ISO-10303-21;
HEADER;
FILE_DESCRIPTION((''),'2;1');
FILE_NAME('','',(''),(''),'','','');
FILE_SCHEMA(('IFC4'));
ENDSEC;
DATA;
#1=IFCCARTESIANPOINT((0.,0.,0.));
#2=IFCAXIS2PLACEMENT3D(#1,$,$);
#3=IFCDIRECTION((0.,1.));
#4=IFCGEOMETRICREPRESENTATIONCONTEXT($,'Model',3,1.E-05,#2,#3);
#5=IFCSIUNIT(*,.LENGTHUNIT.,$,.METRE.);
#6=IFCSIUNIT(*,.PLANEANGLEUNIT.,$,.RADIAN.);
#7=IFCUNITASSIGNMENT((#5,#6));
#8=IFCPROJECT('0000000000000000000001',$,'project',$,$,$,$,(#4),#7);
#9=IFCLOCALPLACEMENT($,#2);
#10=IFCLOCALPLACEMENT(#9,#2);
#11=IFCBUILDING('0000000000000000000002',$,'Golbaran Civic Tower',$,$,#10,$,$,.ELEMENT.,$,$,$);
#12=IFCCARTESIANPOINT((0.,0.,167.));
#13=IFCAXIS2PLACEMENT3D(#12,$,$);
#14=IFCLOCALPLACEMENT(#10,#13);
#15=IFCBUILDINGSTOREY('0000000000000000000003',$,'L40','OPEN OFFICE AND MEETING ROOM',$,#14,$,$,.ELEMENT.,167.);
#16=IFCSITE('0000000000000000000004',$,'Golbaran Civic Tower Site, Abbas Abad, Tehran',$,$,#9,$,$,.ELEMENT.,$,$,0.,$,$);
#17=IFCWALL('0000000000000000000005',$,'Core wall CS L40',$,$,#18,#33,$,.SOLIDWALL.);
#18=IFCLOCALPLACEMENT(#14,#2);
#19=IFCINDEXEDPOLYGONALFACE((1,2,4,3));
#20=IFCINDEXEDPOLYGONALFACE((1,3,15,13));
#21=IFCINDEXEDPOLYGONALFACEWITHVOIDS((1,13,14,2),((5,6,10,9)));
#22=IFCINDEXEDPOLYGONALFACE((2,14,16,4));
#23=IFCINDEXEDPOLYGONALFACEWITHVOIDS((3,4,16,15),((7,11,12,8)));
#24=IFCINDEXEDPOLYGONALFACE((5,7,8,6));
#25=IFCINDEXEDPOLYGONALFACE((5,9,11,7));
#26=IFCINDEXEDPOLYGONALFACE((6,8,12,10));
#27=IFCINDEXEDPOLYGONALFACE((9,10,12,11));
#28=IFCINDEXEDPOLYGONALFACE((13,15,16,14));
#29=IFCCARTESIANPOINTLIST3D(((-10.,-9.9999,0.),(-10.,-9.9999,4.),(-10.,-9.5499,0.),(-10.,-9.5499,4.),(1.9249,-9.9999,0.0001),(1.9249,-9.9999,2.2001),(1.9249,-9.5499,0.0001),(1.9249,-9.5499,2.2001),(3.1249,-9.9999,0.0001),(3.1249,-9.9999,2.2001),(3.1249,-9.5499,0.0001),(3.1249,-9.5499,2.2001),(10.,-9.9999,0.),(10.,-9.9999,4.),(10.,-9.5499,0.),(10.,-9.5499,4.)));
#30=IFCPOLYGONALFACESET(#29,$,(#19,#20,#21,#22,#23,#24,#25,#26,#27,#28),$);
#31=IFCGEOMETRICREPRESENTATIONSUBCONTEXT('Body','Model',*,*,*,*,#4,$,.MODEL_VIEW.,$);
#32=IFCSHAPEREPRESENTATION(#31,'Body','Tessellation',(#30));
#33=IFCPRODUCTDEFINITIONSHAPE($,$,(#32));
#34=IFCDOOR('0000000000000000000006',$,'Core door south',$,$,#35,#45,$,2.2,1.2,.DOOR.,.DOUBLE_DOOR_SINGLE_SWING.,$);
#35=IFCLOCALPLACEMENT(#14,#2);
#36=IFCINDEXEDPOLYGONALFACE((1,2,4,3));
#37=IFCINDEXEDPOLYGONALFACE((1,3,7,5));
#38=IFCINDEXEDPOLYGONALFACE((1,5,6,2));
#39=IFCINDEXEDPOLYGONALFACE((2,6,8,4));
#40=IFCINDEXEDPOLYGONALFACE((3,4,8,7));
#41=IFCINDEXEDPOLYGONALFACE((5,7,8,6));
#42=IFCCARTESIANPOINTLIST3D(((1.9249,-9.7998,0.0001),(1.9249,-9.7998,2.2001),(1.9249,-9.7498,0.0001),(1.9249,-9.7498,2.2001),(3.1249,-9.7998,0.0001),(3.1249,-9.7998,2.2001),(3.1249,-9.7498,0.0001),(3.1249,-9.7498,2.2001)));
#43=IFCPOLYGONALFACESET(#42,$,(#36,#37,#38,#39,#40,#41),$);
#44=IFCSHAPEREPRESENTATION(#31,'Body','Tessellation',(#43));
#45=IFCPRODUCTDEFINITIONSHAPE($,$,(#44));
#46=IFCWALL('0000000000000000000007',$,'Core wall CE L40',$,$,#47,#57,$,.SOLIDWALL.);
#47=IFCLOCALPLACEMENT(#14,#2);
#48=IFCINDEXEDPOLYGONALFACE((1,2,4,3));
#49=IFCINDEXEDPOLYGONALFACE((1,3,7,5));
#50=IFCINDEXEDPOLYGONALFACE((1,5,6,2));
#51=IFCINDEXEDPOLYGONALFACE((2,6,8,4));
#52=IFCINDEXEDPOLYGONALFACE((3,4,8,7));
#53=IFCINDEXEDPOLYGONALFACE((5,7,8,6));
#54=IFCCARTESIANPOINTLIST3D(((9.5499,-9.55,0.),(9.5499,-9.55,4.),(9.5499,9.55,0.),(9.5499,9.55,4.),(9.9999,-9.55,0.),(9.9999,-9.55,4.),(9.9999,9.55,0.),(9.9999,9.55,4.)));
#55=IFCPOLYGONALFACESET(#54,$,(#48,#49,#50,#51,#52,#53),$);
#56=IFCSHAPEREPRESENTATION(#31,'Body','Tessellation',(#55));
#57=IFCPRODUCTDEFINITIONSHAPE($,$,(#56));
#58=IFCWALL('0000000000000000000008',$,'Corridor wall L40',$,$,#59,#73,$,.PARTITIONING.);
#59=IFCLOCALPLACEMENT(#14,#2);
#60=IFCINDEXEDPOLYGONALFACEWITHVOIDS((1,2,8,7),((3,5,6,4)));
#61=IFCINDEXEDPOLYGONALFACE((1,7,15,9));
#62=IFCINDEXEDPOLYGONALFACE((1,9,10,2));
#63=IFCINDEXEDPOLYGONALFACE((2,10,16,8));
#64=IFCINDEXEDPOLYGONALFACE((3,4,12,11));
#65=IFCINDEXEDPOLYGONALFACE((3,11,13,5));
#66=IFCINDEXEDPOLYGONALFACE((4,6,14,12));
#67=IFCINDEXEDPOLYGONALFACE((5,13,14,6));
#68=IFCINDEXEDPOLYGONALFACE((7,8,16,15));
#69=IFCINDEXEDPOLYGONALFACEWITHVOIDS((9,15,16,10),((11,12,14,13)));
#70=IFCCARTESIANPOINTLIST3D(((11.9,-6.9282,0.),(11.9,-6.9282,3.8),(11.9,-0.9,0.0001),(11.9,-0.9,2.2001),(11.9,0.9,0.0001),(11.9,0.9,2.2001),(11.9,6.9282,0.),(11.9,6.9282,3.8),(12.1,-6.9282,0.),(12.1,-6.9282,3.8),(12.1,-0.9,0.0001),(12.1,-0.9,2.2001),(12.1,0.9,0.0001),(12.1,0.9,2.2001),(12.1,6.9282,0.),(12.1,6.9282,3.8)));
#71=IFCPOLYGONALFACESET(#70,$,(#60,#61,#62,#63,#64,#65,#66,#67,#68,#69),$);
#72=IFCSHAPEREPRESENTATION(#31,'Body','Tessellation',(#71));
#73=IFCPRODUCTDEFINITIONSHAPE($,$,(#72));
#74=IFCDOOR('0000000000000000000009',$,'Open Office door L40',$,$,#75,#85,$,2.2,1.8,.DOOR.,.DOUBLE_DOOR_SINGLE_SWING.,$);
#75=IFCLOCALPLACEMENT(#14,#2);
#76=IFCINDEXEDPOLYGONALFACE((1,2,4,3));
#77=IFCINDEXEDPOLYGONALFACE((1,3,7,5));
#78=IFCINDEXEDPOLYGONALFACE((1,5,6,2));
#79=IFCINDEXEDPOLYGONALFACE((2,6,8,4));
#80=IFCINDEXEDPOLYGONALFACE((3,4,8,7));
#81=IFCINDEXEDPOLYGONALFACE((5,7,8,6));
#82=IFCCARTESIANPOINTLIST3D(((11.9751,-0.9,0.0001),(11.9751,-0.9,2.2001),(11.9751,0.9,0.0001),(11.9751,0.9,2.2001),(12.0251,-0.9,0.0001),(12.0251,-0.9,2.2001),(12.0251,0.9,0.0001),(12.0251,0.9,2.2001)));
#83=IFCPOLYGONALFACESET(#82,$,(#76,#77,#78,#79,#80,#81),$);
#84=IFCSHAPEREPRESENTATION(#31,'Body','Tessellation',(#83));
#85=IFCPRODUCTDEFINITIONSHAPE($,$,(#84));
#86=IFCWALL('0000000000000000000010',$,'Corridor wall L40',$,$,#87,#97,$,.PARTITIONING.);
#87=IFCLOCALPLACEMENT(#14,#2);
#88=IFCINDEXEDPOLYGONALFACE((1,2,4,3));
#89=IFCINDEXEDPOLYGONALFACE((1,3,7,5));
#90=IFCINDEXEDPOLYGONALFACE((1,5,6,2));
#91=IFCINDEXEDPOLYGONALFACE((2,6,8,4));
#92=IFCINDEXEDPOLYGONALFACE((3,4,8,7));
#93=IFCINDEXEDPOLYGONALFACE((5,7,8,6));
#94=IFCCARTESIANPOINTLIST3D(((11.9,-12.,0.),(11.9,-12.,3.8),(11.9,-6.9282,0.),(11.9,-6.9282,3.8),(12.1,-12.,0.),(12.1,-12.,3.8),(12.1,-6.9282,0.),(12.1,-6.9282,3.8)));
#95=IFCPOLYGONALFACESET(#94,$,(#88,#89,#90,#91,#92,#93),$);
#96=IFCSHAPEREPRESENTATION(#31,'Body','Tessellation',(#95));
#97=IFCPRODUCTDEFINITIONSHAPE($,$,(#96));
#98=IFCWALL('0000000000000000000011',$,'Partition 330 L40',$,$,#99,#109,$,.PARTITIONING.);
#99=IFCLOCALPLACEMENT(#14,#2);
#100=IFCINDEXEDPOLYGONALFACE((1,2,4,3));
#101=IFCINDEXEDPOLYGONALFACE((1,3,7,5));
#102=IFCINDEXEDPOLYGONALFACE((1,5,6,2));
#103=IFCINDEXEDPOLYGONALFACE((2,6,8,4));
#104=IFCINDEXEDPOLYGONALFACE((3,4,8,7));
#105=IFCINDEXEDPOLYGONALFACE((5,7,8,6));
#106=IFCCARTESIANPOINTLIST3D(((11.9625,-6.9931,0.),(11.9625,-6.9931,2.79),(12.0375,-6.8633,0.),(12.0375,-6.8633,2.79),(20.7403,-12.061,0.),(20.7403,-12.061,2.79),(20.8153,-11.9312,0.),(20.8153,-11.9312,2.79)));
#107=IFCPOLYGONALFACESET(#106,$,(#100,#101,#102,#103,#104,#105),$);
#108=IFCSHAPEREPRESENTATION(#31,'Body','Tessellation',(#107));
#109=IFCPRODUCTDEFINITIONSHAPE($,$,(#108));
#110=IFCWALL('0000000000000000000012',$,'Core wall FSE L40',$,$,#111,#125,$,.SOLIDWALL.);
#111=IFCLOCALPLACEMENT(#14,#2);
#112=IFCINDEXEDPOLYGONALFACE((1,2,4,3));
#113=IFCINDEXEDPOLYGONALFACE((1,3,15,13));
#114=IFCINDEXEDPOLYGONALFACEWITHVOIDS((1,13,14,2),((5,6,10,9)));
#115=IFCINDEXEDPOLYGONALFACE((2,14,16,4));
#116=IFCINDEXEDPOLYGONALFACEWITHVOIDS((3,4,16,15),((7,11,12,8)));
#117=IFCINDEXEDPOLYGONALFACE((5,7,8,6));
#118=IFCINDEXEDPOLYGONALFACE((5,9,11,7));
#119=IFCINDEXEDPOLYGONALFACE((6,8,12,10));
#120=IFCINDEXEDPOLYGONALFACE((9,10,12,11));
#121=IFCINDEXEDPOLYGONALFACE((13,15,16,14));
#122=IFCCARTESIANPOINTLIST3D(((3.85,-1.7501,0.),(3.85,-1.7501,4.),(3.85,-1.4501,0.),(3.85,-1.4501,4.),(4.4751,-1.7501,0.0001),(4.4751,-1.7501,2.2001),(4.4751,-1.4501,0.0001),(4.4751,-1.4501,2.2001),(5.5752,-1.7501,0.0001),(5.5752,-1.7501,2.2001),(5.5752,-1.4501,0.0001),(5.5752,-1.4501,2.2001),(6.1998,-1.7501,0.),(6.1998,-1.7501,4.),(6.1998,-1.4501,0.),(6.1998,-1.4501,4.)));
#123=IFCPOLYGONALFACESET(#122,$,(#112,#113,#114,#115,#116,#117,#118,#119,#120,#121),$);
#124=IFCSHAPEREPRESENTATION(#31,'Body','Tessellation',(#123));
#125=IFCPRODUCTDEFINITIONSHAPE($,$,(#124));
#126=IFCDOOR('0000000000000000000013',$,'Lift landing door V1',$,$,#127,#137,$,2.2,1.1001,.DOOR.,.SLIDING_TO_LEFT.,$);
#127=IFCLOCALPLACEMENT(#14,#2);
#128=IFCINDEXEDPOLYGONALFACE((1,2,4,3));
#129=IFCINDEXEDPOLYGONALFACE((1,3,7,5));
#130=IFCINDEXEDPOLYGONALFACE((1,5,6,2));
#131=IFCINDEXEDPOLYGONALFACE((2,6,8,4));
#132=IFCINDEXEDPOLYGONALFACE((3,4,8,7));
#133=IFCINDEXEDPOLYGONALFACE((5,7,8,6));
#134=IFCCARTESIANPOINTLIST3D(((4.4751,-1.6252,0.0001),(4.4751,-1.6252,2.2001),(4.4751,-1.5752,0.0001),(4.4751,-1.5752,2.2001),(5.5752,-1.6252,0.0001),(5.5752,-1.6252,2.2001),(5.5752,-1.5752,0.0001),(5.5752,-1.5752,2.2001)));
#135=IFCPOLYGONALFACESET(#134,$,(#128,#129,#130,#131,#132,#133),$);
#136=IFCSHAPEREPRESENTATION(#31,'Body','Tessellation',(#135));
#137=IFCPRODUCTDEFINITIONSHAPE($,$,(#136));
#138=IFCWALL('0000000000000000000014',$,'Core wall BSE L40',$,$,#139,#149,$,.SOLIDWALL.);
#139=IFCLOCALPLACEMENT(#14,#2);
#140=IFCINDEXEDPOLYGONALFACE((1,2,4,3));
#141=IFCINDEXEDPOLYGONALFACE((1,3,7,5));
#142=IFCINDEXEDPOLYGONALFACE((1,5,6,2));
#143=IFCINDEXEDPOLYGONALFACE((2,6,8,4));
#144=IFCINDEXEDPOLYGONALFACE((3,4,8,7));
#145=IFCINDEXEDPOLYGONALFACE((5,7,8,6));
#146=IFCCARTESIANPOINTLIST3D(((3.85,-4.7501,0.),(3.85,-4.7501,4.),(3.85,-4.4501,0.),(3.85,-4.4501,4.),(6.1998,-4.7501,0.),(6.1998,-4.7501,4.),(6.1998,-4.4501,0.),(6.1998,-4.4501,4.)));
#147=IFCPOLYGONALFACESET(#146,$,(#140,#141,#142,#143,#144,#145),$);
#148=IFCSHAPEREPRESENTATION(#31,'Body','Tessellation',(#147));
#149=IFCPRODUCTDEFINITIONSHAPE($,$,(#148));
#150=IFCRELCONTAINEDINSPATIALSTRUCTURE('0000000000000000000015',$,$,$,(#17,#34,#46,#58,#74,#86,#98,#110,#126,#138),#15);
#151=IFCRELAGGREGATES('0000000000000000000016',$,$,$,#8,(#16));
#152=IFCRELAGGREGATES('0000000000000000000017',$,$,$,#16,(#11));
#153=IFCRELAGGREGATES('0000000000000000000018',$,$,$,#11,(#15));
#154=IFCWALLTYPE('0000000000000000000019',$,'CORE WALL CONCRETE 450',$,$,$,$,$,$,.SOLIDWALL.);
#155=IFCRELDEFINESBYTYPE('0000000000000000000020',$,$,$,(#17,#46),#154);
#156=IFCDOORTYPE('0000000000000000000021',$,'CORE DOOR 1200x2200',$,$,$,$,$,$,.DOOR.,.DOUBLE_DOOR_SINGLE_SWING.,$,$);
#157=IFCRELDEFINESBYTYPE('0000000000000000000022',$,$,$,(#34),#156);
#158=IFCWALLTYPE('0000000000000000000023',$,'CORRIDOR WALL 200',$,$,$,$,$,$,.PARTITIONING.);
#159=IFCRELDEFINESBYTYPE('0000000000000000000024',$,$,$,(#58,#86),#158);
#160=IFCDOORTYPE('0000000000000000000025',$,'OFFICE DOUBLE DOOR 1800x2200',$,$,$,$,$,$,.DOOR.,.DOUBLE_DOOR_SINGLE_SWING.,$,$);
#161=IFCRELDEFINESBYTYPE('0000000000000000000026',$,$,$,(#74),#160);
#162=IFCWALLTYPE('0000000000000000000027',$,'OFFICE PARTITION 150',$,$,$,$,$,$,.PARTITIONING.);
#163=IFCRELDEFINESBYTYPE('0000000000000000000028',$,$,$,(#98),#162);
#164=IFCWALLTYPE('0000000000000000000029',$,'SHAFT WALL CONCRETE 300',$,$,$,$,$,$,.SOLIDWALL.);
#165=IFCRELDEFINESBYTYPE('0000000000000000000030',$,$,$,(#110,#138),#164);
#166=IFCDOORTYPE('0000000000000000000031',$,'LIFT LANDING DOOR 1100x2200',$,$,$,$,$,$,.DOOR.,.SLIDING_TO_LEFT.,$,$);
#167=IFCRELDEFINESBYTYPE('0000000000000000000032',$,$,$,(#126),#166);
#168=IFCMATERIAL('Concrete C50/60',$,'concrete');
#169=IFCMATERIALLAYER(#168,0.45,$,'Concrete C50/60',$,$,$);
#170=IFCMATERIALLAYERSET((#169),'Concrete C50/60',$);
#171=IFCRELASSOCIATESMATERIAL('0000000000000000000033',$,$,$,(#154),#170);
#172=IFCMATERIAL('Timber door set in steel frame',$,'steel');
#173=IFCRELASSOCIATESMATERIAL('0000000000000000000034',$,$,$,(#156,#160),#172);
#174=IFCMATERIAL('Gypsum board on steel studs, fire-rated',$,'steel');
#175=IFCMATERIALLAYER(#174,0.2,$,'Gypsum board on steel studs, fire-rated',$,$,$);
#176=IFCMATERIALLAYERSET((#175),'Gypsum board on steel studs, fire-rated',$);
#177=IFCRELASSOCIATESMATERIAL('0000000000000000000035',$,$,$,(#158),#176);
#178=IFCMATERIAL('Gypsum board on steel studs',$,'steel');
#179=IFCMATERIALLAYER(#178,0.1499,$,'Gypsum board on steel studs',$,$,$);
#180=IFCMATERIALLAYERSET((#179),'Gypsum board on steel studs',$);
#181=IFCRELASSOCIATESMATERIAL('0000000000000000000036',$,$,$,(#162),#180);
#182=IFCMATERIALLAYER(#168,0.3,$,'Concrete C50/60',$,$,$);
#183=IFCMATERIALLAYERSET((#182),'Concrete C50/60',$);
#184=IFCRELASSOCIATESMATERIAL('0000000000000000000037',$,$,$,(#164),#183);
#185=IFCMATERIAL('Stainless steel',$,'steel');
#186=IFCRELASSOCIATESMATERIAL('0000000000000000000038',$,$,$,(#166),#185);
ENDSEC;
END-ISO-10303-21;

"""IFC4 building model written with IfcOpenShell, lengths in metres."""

from ifc_helpers import new_model, si_unit, direction, frame, frame_2d, origin, place, context, subcontext, project, spatial, rectangle, extrude, material, layer, layer_set, type_object, element, fill, save


model = new_model("IFC4")

# Units and contexts
model_context = context("Model", 3, precision=1e-05, world=origin(), true_north=direction((0.0, 1.0)))
body_context = subcontext(model_context, "Body", "Model", "MODEL_VIEW")
ifc_project = project(units=[si_unit("LENGTHUNIT", "METRE"), si_unit("PLANEANGLEUNIT", "RADIAN")], contexts=[model_context])

# Site, building, storey
site_placement = place(None, origin())
site = spatial("IfcSite", under=ifc_project, at=site_placement, Name="Golbaran Civic Tower Site, Abbas Abad, Tehran", CompositionType="ELEMENT", RefElevation=0.0)
building_placement = place(site_placement, origin())
building = spatial("IfcBuilding", under=site, at=building_placement, Name="Golbaran Civic Tower", CompositionType="ELEMENT")
storey_placement = place(building_placement, frame((0.0, 0.0, 167.0)))
storey = spatial("IfcBuildingStorey", under=building, at=storey_placement, Name="L40", Description="OPEN OFFICE AND MEETING ROOM", CompositionType="ELEMENT", Elevation=167.0)

# Wall, opening, door
ifc_material_1 = material(Name="Concrete C50/60", Category="concrete")
ifc_layer_1 = layer(ifc_material_1, 0.45, Name="Concrete C50/60")
ifc_layer_set_1 = layer_set([ifc_layer_1], Name="Concrete C50/60")
wall_type_1 = type_object("IfcWallType", Name="CORE WALL CONCRETE 450", PredefinedType="SOLIDWALL", material=ifc_layer_set_1)
wall_1_placement = place(storey_placement, frame((10.0, -9.7749, 0.0), z_axis=(0.0, 0.0, 1.0), x_axis=(-1.0, 0.0, 0.0)))
wall_1 = element("IfcWall", 1, at=wall_1_placement, inside=storey, type_object=wall_type_1, Name="Core wall CS L40", PredefinedType="SOLIDWALL", context=body_context, shape_type="SweptSolid", body=[
    extrude(rectangle(XDim=20.0, YDim=0.45, at=frame_2d((10.0, 0.0))), origin(), (0.0, 0.0, 1.0), 4.0),
])
opening_1_placement = place(wall_1_placement, frame((6.875, 0.0, 0.0)))
opening_1 = element("IfcOpeningElement", 2, at=opening_1_placement, cuts=wall_1, PredefinedType="OPENING", context=body_context, shape_type="SweptSolid", body=[
    extrude(rectangle(XDim=1.2, YDim=2.2, at=frame_2d((0.6001, 1.1001))), frame((0.0, 0.2349, 0.0), z_axis=(0.0, -1.0, 0.0), x_axis=(1.0, 0.0, 0.0)), (0.0, 0.0, 1.0), 0.47),
])
ifc_material_2 = material(Name="Timber door set in steel frame", Category="steel")
door_type_1 = type_object("IfcDoorType", Name="CORE DOOR 1200x2200", OperationType="DOUBLE_DOOR_SINGLE_SWING", PredefinedType="DOOR", material=ifc_material_2)
door_1_placement = place(opening_1_placement, origin())
door_1 = element("IfcDoor", 3, at=door_1_placement, inside=storey, type_object=door_type_1, Name="Core door south", OperationType="DOUBLE_DOOR_SINGLE_SWING", OverallHeight=2.2, OverallWidth=1.2, PredefinedType="DOOR", context=body_context, shape_type="SweptSolid", body=[
    extrude(rectangle(XDim=1.2, YDim=2.2, at=frame_2d((0.6001, 1.1001))), frame((0.0, 0.0249, 0.0), z_axis=(0.0, -1.0, 0.0), x_axis=(1.0, 0.0, 0.0)), (0.0, 0.0, 1.0), 0.05),
])
fill(opening_1, door_1)

# Wall
wall_2_placement = place(storey_placement, frame((9.7749, -9.55, 0.0), z_axis=(0.0, 0.0, 1.0), x_axis=(0.0, 1.0, 0.0)))
element("IfcWall", 4, at=wall_2_placement, inside=storey, type_object=wall_type_1, Name="Core wall CE L40", PredefinedType="SOLIDWALL", context=body_context, shape_type="SweptSolid", body=[
    extrude(rectangle(XDim=19.1001, YDim=0.45, at=frame_2d((9.55, 0.0))), origin(), (0.0, 0.0, 1.0), 4.0),
])

# Wall, opening, door
ifc_material_3 = material(Name="Gypsum board on steel studs, fire-rated", Category="steel")
ifc_layer_2 = layer(ifc_material_3, 0.2, Name="Gypsum board on steel studs, fire-rated")
ifc_layer_set_2 = layer_set([ifc_layer_2], Name="Gypsum board on steel studs, fire-rated")
wall_type_2 = type_object("IfcWallType", Name="CORRIDOR WALL 200", PredefinedType="PARTITIONING", material=ifc_layer_set_2)
wall_3_placement = place(storey_placement, frame((12.0, -6.9282, 0.0), z_axis=(0.0, 0.0, 1.0), x_axis=(0.0, 1.0, 0.0)))
wall_3 = element("IfcWall", 5, at=wall_3_placement, inside=storey, type_object=wall_type_2, Name="Corridor wall L40", PredefinedType="PARTITIONING", context=body_context, shape_type="SweptSolid", body=[
    extrude(rectangle(XDim=13.8564, YDim=0.2, at=frame_2d((6.9282, 0.0))), origin(), (0.0, 0.0, 1.0), 3.8),
])
opening_2_placement = place(wall_3_placement, frame((6.0283, 0.0, 0.0)))
opening_2 = element("IfcOpeningElement", 6, at=opening_2_placement, cuts=wall_3, PredefinedType="OPENING", context=body_context, shape_type="SweptSolid", body=[
    extrude(rectangle(XDim=1.8, YDim=2.2, at=frame_2d((0.8999, 1.1001))), frame((0.0, 0.1099, 0.0), z_axis=(0.0, -1.0, 0.0), x_axis=(1.0, 0.0, 0.0)), (0.0, 0.0, 1.0), 0.22),
])
door_type_2 = type_object("IfcDoorType", Name="OFFICE DOUBLE DOOR 1800x2200", OperationType="DOUBLE_DOOR_SINGLE_SWING", PredefinedType="DOOR", material=ifc_material_2)
door_2_placement = place(opening_2_placement, origin())
door_2 = element("IfcDoor", 7, at=door_2_placement, inside=storey, type_object=door_type_2, Name="Open Office door L40", OperationType="DOUBLE_DOOR_SINGLE_SWING", OverallHeight=2.2, OverallWidth=1.8, PredefinedType="DOOR", context=body_context, shape_type="SweptSolid", body=[
    extrude(rectangle(XDim=1.8, YDim=2.2, at=frame_2d((0.8999, 1.1001))), frame((0.0, 0.0249, 0.0), z_axis=(0.0, -1.0, 0.0), x_axis=(1.0, 0.0, 0.0)), (0.0, 0.0, 1.0), 0.05),
])
fill(opening_2, door_2)

# Walls
wall_4_placement = place(storey_placement, frame((12.0, -12.0, 0.0), z_axis=(0.0, 0.0, 1.0), x_axis=(0.0, 1.0, 0.0)))
element("IfcWall", 8, at=wall_4_placement, inside=storey, type_object=wall_type_2, Name="Corridor wall L40", PredefinedType="PARTITIONING", context=body_context, shape_type="SweptSolid", body=[
    extrude(rectangle(XDim=5.0718, YDim=0.2, at=frame_2d((2.5359, 0.0))), origin(), (0.0, 0.0, 1.0), 3.8),
])
ifc_material_4 = material(Name="Gypsum board on steel studs", Category="steel")
ifc_layer_3 = layer(ifc_material_4, 0.1499, Name="Gypsum board on steel studs")
ifc_layer_set_3 = layer_set([ifc_layer_3], Name="Gypsum board on steel studs")
wall_type_3 = type_object("IfcWallType", Name="OFFICE PARTITION 150", PredefinedType="PARTITIONING", material=ifc_layer_set_3)
wall_5_placement = place(storey_placement, frame((12.0, -6.9282, 0.0), z_axis=(0.0, 0.0, 1.0), x_axis=(0.866026, -0.499999, 0.0)))
element("IfcWall", 9, at=wall_5_placement, inside=storey, type_object=wall_type_3, Name="Partition 330 L40", PredefinedType="PARTITIONING", context=body_context, shape_type="SweptSolid", body=[
    extrude(rectangle(XDim=10.1357, YDim=0.1499, at=frame_2d((5.0679, 0.0))), origin(), (0.0, 0.0, 1.0), 2.79),
])

# Wall, opening, door
ifc_layer_4 = layer(ifc_material_1, 0.3, Name="Concrete C50/60")
ifc_layer_set_4 = layer_set([ifc_layer_4], Name="Concrete C50/60")
wall_type_4 = type_object("IfcWallType", Name="SHAFT WALL CONCRETE 300", PredefinedType="SOLIDWALL", material=ifc_layer_set_4)
wall_6_placement = place(storey_placement, frame((3.8501, -1.6001, 0.0), z_axis=(0.0, 0.0, 1.0), x_axis=(1.0, 0.0, 0.0)))
wall_6 = element("IfcWall", 10, at=wall_6_placement, inside=storey, type_object=wall_type_4, Name="Core wall FSE L40", PredefinedType="SOLIDWALL", context=body_context, shape_type="SweptSolid", body=[
    extrude(rectangle(XDim=2.3499, YDim=0.3, at=frame_2d((1.1748, 0.0))), origin(), (0.0, 0.0, 1.0), 4.0),
])
opening_3_placement = place(wall_6_placement, frame((0.625, 0.0, 0.0)))
opening_3 = element("IfcOpeningElement", 11, at=opening_3_placement, cuts=wall_6, PredefinedType="OPENING", context=body_context, shape_type="SweptSolid", body=[
    extrude(rectangle(XDim=1.1001, YDim=2.2, at=frame_2d((0.55, 1.1001))), frame((0.0, 0.1599, 0.0), z_axis=(0.0, -1.0, 0.0), x_axis=(1.0, 0.0, 0.0)), (0.0, 0.0, 1.0), 0.3201),
])
ifc_material_5 = material(Name="Stainless steel", Category="steel")
door_type_3 = type_object("IfcDoorType", Name="LIFT LANDING DOOR 1100x2200", OperationType="SLIDING_TO_LEFT", PredefinedType="DOOR", material=ifc_material_5)
door_3_placement = place(opening_3_placement, origin())
door_3 = element("IfcDoor", 12, at=door_3_placement, inside=storey, type_object=door_type_3, Name="Lift landing door V1", OperationType="SLIDING_TO_LEFT", OverallHeight=2.2, OverallWidth=1.1001, PredefinedType="DOOR", context=body_context, shape_type="SweptSolid", body=[
    extrude(rectangle(XDim=1.1001, YDim=2.2, at=frame_2d((0.55, 1.1001))), frame((0.0, 0.0249, 0.0), z_axis=(0.0, -1.0, 0.0), x_axis=(1.0, 0.0, 0.0)), (0.0, 0.0, 1.0), 0.05),
])
fill(opening_3, door_3)

# Wall
wall_7_placement = place(storey_placement, frame((3.8501, -4.6001, 0.0), z_axis=(0.0, 0.0, 1.0), x_axis=(1.0, 0.0, 0.0)))
element("IfcWall", 13, at=wall_7_placement, inside=storey, type_object=wall_type_4, Name="Core wall BSE L40", PredefinedType="SOLIDWALL", context=body_context, shape_type="SweptSolid", body=[
    extrude(rectangle(XDim=2.3499, YDim=0.3, at=frame_2d((1.1748, 0.0))), origin(), (0.0, 0.0, 1.0), 4.0),
])

save(model, "model.ifc")
